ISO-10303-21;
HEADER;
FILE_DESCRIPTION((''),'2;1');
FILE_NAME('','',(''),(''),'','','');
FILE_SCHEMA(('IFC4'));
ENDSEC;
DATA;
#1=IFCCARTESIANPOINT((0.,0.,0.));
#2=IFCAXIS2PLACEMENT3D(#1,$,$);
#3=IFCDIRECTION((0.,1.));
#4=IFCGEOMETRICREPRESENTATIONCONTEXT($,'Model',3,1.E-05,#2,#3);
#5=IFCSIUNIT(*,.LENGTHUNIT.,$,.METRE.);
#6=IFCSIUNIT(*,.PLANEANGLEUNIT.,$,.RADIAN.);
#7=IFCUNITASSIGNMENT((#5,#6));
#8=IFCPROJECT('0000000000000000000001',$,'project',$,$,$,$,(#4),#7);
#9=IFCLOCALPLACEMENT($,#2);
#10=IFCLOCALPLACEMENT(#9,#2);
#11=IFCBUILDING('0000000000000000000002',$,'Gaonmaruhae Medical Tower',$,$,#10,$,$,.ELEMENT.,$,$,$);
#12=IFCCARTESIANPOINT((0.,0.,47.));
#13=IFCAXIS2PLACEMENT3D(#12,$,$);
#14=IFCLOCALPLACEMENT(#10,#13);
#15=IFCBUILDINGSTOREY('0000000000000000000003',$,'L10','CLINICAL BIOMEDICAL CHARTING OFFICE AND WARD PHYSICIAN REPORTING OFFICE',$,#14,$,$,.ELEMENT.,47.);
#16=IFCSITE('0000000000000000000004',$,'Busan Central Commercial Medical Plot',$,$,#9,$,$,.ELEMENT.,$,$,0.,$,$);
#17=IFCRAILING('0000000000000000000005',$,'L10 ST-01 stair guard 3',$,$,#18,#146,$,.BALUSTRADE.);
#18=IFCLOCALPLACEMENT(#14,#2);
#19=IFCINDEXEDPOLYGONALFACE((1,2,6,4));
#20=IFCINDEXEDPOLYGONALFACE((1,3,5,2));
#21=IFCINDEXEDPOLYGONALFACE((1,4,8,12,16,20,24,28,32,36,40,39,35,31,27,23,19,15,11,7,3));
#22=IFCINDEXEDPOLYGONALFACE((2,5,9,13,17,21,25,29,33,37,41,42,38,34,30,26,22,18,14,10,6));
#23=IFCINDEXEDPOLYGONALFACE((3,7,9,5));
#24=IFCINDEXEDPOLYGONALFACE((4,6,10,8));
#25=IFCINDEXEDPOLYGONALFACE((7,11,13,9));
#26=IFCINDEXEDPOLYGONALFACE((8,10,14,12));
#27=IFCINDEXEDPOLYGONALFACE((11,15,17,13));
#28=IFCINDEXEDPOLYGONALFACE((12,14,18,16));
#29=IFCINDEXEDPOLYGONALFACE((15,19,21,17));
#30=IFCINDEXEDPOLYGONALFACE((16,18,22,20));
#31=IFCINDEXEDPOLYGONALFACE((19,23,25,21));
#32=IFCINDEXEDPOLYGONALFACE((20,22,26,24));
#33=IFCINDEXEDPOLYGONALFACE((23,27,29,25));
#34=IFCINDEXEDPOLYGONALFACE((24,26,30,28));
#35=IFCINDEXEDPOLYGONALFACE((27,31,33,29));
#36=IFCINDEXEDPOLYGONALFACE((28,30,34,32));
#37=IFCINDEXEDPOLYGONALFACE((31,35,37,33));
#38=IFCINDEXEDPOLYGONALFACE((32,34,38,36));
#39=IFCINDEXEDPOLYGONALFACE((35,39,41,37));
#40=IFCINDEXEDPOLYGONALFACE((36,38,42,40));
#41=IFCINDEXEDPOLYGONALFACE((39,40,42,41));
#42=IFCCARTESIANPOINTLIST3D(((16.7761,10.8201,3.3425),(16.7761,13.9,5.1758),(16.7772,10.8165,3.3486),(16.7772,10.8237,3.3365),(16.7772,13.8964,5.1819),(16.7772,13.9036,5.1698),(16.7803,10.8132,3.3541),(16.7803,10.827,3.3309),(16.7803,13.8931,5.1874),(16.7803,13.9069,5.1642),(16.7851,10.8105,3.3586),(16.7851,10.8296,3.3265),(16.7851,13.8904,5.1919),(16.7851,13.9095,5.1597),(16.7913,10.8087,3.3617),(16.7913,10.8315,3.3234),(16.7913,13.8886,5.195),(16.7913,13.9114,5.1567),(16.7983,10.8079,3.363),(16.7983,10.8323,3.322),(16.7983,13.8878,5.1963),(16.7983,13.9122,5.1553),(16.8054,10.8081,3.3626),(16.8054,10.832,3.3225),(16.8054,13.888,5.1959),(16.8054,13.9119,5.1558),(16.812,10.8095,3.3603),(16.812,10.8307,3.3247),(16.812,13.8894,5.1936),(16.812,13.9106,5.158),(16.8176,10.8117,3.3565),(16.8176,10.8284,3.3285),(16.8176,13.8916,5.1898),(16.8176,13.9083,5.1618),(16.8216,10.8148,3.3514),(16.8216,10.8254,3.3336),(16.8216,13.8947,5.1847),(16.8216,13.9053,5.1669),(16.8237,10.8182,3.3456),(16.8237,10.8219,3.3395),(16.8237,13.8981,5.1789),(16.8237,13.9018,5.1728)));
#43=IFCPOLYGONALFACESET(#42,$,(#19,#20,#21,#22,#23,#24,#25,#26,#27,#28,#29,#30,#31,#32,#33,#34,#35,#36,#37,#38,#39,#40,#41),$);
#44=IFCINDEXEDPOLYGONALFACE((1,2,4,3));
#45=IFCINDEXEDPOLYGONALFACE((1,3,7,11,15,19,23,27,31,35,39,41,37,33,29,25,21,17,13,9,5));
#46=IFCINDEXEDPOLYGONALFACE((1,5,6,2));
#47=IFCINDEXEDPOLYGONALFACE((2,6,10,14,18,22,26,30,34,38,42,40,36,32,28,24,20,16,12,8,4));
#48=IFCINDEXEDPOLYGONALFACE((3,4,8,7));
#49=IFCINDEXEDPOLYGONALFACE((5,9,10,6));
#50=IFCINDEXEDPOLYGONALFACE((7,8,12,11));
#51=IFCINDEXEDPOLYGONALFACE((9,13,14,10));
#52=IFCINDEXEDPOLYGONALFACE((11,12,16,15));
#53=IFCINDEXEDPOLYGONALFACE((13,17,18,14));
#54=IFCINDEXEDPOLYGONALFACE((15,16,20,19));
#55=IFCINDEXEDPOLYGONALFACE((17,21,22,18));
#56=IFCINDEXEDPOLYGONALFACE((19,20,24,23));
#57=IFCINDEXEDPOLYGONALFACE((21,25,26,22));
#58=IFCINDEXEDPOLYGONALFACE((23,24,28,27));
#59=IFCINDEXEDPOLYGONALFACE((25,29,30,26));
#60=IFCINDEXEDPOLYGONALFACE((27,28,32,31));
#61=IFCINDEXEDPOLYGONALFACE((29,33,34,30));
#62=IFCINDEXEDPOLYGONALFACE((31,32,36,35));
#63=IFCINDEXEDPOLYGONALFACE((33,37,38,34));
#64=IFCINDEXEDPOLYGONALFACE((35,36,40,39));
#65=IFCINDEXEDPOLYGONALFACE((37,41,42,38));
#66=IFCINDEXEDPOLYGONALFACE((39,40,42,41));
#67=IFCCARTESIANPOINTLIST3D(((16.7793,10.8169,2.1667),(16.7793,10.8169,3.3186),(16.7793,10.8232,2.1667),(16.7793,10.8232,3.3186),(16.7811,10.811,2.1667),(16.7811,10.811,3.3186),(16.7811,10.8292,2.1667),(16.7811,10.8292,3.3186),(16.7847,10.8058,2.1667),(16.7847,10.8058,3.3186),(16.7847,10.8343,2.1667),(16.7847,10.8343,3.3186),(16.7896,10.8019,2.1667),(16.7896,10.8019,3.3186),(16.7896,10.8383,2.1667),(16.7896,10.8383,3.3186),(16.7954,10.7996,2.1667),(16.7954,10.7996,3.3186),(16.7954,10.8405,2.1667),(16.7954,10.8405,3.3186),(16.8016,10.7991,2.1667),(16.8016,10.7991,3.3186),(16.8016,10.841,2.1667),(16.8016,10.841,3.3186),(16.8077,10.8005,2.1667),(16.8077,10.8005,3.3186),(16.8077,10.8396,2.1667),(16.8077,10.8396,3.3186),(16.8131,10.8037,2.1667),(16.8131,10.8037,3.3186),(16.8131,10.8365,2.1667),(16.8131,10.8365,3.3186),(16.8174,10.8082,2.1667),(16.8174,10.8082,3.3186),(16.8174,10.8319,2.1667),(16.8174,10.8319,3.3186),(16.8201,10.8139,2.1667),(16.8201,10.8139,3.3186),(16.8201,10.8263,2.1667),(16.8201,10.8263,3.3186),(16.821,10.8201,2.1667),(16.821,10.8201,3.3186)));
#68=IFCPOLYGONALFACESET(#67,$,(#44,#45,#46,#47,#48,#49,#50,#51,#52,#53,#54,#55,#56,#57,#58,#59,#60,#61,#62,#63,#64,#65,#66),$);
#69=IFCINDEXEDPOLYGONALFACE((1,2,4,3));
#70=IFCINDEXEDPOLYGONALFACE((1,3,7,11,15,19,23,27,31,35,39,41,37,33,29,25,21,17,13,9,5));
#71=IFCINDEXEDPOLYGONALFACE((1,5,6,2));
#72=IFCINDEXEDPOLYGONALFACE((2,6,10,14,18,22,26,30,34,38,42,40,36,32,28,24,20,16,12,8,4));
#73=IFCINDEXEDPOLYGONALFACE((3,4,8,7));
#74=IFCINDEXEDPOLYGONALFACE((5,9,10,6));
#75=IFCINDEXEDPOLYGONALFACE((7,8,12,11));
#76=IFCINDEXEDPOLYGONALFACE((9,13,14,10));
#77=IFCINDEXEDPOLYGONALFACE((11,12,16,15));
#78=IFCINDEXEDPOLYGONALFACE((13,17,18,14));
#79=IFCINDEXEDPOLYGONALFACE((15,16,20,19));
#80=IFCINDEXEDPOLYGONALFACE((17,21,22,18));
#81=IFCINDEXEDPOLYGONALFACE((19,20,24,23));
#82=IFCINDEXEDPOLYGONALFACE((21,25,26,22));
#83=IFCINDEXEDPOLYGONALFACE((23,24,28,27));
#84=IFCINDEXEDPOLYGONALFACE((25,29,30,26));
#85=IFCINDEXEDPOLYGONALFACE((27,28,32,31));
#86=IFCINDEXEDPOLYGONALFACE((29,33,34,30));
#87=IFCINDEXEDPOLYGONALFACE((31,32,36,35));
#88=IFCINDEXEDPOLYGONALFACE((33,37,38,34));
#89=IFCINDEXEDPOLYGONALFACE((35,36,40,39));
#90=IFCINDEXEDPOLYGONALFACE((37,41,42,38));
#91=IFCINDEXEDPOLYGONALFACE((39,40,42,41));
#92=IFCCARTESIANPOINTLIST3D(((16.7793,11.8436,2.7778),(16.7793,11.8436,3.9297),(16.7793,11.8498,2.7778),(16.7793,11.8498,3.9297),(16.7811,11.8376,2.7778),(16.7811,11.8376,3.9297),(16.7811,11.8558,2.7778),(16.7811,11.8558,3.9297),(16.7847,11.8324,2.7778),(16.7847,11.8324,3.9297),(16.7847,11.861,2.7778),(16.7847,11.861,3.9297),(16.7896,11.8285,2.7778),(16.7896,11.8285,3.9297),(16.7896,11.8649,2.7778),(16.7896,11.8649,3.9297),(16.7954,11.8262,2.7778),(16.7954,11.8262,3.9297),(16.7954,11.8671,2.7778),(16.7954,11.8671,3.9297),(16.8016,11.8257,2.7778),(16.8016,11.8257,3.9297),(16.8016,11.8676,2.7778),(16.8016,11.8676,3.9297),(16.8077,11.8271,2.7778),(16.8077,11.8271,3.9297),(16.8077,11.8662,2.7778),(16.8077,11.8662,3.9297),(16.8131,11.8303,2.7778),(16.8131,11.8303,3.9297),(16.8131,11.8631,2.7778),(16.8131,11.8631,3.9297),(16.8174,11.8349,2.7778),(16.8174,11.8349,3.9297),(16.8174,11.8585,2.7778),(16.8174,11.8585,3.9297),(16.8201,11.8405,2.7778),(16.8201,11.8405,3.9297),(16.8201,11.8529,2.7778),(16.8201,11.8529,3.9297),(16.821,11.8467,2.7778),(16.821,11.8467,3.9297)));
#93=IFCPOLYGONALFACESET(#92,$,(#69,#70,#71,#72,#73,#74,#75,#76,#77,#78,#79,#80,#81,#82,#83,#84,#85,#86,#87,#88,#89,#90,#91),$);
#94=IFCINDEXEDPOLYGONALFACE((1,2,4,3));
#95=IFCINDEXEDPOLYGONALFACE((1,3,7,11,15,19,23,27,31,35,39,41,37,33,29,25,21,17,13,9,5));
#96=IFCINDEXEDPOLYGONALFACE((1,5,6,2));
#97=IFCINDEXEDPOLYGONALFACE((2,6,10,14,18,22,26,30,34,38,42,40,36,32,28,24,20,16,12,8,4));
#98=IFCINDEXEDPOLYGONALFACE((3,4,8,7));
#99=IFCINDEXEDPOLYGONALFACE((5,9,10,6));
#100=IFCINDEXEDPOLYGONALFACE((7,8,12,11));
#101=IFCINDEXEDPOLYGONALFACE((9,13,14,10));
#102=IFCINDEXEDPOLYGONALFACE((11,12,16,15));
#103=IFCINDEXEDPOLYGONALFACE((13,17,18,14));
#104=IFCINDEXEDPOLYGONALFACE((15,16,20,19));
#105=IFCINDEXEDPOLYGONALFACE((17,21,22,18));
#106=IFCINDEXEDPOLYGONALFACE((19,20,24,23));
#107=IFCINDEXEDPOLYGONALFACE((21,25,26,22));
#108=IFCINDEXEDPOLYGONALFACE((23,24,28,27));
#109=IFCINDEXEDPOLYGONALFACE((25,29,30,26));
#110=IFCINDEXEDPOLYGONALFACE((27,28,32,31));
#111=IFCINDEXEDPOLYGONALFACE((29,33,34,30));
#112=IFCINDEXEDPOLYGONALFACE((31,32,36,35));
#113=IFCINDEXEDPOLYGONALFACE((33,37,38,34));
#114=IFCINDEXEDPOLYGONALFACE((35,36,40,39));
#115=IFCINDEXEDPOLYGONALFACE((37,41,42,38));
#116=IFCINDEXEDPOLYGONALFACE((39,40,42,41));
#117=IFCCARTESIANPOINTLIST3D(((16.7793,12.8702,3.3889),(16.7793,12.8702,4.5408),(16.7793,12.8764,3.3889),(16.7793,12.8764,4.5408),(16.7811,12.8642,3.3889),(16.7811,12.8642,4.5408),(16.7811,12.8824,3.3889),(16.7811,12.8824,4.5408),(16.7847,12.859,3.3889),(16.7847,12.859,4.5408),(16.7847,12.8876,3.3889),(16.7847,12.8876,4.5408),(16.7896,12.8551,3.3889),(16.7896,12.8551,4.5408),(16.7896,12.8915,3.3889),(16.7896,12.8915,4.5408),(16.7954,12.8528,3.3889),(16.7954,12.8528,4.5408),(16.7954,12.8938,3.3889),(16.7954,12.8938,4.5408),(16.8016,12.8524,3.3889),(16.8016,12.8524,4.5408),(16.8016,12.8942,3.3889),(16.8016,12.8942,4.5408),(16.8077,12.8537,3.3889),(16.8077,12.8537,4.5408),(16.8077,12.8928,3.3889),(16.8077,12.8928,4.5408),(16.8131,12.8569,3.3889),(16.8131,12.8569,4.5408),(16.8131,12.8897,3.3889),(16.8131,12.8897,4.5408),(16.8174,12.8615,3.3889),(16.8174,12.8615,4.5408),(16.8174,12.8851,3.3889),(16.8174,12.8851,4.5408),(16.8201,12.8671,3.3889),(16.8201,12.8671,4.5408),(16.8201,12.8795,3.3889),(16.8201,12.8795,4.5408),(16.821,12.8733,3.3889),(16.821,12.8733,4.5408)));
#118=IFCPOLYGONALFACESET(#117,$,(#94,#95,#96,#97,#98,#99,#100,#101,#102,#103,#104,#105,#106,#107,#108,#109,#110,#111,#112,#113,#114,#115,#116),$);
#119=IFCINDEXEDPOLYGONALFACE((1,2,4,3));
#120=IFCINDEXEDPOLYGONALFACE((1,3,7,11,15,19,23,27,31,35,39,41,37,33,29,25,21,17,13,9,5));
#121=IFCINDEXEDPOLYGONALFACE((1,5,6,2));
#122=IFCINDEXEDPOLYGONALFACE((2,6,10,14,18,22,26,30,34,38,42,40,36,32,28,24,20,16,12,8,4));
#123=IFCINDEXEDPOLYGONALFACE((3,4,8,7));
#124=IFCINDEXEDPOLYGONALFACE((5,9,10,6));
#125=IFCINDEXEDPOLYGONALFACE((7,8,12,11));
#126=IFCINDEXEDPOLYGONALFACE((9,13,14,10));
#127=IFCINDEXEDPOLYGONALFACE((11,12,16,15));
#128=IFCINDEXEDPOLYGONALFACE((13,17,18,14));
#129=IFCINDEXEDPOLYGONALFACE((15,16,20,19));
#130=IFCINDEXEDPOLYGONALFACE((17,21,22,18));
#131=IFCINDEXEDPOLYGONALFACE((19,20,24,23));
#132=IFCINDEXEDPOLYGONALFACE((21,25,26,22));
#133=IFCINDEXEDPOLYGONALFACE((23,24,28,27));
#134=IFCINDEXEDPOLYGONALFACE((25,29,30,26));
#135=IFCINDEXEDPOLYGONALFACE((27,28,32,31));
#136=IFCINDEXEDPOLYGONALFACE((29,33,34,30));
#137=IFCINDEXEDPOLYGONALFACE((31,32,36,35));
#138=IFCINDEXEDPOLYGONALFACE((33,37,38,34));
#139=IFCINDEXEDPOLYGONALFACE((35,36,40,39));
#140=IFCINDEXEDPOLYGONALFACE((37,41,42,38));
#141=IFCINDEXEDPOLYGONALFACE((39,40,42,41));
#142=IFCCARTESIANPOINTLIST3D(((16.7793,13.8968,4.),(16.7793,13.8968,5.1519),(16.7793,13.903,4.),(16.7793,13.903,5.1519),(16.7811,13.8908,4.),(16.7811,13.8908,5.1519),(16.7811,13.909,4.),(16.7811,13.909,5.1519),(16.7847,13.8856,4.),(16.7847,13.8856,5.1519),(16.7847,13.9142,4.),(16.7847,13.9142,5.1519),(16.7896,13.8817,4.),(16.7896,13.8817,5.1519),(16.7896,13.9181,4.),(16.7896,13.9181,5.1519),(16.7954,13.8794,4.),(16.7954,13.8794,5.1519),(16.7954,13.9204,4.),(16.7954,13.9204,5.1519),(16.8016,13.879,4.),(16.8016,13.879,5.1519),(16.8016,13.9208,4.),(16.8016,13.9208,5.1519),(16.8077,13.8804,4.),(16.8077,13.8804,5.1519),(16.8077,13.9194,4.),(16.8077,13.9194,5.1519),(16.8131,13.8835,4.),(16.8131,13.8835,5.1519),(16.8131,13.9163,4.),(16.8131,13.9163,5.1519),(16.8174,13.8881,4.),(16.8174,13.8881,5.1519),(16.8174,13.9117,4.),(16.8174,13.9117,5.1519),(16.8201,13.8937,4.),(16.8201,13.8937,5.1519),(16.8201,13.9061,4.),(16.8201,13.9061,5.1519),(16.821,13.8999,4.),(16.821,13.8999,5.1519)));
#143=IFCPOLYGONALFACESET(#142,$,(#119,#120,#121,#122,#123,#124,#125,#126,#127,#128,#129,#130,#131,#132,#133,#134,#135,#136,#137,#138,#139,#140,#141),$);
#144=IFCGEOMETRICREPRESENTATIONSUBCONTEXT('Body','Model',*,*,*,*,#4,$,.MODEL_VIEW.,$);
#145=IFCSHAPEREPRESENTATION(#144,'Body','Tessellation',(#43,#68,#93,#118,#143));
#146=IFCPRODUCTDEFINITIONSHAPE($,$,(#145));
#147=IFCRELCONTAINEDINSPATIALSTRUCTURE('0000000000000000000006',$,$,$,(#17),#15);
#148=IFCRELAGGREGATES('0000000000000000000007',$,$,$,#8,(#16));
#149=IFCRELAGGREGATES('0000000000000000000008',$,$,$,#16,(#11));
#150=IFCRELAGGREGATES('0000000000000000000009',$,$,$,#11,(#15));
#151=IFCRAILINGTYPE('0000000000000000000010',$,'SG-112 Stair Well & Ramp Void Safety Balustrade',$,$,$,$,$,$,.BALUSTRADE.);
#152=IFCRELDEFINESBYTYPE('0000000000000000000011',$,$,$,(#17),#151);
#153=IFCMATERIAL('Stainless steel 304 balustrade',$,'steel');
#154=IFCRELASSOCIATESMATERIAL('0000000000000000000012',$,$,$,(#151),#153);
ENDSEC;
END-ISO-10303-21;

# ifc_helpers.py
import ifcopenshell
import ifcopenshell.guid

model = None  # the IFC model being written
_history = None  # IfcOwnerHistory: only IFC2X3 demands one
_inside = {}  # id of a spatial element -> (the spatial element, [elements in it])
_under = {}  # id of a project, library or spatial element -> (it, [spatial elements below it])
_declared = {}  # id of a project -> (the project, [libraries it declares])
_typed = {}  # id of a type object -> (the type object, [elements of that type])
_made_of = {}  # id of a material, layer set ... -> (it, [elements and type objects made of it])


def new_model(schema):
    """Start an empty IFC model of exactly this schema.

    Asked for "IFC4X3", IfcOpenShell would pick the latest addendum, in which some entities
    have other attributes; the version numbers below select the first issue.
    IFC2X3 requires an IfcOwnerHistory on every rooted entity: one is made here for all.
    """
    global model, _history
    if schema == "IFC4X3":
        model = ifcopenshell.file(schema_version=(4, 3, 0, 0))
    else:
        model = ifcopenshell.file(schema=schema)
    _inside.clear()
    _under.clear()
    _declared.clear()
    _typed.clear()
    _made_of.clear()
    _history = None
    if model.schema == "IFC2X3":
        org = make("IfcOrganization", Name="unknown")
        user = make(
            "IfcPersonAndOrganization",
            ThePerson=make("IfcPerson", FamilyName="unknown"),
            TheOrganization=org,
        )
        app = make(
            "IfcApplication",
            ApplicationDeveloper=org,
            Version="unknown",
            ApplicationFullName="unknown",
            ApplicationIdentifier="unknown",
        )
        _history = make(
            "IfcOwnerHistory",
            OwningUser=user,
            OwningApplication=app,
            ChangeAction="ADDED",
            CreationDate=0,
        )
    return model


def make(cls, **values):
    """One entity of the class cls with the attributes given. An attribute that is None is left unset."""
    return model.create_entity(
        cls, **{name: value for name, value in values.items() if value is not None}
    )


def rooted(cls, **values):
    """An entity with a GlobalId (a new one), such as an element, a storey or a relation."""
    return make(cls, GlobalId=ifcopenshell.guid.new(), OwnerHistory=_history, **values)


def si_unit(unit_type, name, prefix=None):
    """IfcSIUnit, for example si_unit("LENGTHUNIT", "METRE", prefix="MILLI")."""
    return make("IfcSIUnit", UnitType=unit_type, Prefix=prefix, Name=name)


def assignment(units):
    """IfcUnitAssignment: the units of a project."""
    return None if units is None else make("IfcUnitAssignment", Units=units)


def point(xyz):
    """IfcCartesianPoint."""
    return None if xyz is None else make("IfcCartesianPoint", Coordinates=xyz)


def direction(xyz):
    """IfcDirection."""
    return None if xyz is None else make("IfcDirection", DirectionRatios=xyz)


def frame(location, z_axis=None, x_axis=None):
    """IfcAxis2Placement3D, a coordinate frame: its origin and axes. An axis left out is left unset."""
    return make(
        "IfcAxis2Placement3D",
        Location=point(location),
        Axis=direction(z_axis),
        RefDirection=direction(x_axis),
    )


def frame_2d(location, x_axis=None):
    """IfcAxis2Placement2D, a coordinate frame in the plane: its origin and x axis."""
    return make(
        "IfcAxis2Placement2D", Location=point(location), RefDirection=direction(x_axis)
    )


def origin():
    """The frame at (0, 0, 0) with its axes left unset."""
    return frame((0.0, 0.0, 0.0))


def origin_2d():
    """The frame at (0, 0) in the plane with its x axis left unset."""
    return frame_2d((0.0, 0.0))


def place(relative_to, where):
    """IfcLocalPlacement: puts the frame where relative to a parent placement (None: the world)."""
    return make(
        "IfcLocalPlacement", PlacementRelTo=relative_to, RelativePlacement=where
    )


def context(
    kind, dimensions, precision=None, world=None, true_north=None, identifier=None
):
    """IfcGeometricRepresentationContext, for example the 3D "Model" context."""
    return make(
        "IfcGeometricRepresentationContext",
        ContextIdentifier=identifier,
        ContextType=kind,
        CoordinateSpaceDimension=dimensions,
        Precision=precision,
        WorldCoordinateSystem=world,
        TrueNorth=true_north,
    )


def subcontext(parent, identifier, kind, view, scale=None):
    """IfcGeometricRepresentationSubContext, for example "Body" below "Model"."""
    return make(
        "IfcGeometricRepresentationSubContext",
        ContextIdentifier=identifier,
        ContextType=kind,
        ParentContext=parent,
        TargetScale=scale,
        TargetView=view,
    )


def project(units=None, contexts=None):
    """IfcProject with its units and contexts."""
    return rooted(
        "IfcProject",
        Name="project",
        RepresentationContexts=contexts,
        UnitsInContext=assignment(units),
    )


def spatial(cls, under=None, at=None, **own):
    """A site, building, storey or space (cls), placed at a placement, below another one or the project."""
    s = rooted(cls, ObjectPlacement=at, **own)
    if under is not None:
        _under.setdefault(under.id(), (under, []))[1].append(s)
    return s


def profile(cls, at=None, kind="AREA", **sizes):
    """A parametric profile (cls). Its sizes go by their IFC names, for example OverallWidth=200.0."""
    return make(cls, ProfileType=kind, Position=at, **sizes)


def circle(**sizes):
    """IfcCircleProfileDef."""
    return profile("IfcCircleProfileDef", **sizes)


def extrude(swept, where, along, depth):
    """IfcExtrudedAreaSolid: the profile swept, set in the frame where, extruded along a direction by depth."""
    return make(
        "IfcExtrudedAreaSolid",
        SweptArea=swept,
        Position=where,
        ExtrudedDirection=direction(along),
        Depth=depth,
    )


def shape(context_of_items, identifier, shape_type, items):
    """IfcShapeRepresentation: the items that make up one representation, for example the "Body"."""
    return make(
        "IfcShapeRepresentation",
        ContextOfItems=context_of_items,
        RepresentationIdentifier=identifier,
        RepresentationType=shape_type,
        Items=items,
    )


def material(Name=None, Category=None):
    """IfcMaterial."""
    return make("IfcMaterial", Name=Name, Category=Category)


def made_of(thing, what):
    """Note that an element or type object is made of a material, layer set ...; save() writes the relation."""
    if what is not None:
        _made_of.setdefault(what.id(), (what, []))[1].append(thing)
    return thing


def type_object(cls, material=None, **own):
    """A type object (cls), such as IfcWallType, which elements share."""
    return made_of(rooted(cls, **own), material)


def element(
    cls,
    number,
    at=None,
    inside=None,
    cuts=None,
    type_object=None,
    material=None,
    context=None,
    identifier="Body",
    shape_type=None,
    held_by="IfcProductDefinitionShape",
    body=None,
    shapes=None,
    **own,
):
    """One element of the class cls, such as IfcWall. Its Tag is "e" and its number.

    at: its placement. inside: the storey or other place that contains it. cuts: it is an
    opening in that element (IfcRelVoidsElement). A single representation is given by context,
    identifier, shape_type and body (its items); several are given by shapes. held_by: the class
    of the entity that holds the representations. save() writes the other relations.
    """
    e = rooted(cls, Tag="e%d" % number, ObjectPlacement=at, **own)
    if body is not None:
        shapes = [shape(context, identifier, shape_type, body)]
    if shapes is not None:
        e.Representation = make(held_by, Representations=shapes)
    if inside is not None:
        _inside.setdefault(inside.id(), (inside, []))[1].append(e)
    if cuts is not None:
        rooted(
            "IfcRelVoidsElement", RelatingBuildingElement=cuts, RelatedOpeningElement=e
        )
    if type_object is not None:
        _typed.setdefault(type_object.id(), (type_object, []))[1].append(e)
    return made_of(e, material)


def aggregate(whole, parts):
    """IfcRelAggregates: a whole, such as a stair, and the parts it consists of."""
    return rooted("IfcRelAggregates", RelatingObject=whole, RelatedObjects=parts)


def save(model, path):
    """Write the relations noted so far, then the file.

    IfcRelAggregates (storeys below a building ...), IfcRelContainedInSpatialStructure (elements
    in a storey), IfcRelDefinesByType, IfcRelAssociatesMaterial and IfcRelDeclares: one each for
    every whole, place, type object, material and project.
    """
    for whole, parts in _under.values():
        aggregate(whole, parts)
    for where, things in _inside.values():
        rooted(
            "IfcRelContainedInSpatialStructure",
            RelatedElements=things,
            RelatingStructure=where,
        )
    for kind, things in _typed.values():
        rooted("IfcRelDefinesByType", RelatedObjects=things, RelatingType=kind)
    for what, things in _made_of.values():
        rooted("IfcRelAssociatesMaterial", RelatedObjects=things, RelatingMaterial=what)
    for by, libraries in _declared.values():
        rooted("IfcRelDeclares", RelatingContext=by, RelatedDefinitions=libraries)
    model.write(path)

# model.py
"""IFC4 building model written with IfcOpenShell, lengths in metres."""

from ifc_helpers import new_model, si_unit, direction, frame, origin, origin_2d, place, context, subcontext, project, spatial, circle, extrude, material, type_object, element, save


model = new_model("IFC4")

# Units and contexts
model_context = context("Model", 3, precision=1e-05, world=origin(), true_north=direction((0.0, 1.0)))
body_context = subcontext(model_context, "Body", "Model", "MODEL_VIEW")
ifc_project = project(units=[si_unit("LENGTHUNIT", "METRE"), si_unit("PLANEANGLEUNIT", "RADIAN")], contexts=[model_context])

# Site, building, storey
site_placement = place(None, origin())
site = spatial("IfcSite", under=ifc_project, at=site_placement, Name="Busan Central Commercial Medical Plot", CompositionType="ELEMENT", RefElevation=0.0)
building_placement = place(site_placement, origin())
building = spatial("IfcBuilding", under=site, at=building_placement, Name="Gaonmaruhae Medical Tower", CompositionType="ELEMENT")
storey_placement = place(building_placement, frame((0.0, 0.0, 47.0)))
storey = spatial("IfcBuildingStorey", under=building, at=storey_placement, Name="L10", Description="CLINICAL BIOMEDICAL CHARTING OFFICE AND WARD PHYSICIAN REPORTING OFFICE", CompositionType="ELEMENT", Elevation=47.0)

# Railing
ifc_material_1 = material(Name="Stainless steel 304 balustrade", Category="steel")
railing_type_1 = type_object("IfcRailingType", Name="SG-112 Stair Well & Ramp Void Safety Balustrade", PredefinedType="BALUSTRADE", material=ifc_material_1)
railing_1_placement = place(storey_placement, frame((16.8, 10.8201, 2.1667)))
element("IfcRailing", 1, at=railing_1_placement, inside=storey, type_object=railing_type_1, Name="L10 ST-01 stair guard 3", PredefinedType="BALUSTRADE", context=body_context, shape_type="SweptSolid", body=[
    extrude(circle(Radius=0.0239, at=origin_2d()), frame((0.0, 0.0, 1.1758), z_axis=(0.0, 0.859291, 0.511487), x_axis=(-1.0, 0.0, 0.0)), (0.0, 0.0, 1.0), 3.5842),
    extrude(circle(Radius=0.021, at=origin_2d()), origin(), (0.0, 0.0, 1.0), 1.1519),
    extrude(circle(Radius=0.021, at=origin_2d()), frame((0.0, 1.0266, 0.6111)), (0.0, 0.0, 1.0), 1.1519),
    extrude(circle(Radius=0.021, at=origin_2d()), frame((0.0, 2.0532, 1.2222)), (0.0, 0.0, 1.0), 1.1519),
    extrude(circle(Radius=0.021, at=origin_2d()), frame((0.0, 3.0798, 1.8333)), (0.0, 0.0, 1.0), 1.1519),
])

save(model, "model.ifc")
